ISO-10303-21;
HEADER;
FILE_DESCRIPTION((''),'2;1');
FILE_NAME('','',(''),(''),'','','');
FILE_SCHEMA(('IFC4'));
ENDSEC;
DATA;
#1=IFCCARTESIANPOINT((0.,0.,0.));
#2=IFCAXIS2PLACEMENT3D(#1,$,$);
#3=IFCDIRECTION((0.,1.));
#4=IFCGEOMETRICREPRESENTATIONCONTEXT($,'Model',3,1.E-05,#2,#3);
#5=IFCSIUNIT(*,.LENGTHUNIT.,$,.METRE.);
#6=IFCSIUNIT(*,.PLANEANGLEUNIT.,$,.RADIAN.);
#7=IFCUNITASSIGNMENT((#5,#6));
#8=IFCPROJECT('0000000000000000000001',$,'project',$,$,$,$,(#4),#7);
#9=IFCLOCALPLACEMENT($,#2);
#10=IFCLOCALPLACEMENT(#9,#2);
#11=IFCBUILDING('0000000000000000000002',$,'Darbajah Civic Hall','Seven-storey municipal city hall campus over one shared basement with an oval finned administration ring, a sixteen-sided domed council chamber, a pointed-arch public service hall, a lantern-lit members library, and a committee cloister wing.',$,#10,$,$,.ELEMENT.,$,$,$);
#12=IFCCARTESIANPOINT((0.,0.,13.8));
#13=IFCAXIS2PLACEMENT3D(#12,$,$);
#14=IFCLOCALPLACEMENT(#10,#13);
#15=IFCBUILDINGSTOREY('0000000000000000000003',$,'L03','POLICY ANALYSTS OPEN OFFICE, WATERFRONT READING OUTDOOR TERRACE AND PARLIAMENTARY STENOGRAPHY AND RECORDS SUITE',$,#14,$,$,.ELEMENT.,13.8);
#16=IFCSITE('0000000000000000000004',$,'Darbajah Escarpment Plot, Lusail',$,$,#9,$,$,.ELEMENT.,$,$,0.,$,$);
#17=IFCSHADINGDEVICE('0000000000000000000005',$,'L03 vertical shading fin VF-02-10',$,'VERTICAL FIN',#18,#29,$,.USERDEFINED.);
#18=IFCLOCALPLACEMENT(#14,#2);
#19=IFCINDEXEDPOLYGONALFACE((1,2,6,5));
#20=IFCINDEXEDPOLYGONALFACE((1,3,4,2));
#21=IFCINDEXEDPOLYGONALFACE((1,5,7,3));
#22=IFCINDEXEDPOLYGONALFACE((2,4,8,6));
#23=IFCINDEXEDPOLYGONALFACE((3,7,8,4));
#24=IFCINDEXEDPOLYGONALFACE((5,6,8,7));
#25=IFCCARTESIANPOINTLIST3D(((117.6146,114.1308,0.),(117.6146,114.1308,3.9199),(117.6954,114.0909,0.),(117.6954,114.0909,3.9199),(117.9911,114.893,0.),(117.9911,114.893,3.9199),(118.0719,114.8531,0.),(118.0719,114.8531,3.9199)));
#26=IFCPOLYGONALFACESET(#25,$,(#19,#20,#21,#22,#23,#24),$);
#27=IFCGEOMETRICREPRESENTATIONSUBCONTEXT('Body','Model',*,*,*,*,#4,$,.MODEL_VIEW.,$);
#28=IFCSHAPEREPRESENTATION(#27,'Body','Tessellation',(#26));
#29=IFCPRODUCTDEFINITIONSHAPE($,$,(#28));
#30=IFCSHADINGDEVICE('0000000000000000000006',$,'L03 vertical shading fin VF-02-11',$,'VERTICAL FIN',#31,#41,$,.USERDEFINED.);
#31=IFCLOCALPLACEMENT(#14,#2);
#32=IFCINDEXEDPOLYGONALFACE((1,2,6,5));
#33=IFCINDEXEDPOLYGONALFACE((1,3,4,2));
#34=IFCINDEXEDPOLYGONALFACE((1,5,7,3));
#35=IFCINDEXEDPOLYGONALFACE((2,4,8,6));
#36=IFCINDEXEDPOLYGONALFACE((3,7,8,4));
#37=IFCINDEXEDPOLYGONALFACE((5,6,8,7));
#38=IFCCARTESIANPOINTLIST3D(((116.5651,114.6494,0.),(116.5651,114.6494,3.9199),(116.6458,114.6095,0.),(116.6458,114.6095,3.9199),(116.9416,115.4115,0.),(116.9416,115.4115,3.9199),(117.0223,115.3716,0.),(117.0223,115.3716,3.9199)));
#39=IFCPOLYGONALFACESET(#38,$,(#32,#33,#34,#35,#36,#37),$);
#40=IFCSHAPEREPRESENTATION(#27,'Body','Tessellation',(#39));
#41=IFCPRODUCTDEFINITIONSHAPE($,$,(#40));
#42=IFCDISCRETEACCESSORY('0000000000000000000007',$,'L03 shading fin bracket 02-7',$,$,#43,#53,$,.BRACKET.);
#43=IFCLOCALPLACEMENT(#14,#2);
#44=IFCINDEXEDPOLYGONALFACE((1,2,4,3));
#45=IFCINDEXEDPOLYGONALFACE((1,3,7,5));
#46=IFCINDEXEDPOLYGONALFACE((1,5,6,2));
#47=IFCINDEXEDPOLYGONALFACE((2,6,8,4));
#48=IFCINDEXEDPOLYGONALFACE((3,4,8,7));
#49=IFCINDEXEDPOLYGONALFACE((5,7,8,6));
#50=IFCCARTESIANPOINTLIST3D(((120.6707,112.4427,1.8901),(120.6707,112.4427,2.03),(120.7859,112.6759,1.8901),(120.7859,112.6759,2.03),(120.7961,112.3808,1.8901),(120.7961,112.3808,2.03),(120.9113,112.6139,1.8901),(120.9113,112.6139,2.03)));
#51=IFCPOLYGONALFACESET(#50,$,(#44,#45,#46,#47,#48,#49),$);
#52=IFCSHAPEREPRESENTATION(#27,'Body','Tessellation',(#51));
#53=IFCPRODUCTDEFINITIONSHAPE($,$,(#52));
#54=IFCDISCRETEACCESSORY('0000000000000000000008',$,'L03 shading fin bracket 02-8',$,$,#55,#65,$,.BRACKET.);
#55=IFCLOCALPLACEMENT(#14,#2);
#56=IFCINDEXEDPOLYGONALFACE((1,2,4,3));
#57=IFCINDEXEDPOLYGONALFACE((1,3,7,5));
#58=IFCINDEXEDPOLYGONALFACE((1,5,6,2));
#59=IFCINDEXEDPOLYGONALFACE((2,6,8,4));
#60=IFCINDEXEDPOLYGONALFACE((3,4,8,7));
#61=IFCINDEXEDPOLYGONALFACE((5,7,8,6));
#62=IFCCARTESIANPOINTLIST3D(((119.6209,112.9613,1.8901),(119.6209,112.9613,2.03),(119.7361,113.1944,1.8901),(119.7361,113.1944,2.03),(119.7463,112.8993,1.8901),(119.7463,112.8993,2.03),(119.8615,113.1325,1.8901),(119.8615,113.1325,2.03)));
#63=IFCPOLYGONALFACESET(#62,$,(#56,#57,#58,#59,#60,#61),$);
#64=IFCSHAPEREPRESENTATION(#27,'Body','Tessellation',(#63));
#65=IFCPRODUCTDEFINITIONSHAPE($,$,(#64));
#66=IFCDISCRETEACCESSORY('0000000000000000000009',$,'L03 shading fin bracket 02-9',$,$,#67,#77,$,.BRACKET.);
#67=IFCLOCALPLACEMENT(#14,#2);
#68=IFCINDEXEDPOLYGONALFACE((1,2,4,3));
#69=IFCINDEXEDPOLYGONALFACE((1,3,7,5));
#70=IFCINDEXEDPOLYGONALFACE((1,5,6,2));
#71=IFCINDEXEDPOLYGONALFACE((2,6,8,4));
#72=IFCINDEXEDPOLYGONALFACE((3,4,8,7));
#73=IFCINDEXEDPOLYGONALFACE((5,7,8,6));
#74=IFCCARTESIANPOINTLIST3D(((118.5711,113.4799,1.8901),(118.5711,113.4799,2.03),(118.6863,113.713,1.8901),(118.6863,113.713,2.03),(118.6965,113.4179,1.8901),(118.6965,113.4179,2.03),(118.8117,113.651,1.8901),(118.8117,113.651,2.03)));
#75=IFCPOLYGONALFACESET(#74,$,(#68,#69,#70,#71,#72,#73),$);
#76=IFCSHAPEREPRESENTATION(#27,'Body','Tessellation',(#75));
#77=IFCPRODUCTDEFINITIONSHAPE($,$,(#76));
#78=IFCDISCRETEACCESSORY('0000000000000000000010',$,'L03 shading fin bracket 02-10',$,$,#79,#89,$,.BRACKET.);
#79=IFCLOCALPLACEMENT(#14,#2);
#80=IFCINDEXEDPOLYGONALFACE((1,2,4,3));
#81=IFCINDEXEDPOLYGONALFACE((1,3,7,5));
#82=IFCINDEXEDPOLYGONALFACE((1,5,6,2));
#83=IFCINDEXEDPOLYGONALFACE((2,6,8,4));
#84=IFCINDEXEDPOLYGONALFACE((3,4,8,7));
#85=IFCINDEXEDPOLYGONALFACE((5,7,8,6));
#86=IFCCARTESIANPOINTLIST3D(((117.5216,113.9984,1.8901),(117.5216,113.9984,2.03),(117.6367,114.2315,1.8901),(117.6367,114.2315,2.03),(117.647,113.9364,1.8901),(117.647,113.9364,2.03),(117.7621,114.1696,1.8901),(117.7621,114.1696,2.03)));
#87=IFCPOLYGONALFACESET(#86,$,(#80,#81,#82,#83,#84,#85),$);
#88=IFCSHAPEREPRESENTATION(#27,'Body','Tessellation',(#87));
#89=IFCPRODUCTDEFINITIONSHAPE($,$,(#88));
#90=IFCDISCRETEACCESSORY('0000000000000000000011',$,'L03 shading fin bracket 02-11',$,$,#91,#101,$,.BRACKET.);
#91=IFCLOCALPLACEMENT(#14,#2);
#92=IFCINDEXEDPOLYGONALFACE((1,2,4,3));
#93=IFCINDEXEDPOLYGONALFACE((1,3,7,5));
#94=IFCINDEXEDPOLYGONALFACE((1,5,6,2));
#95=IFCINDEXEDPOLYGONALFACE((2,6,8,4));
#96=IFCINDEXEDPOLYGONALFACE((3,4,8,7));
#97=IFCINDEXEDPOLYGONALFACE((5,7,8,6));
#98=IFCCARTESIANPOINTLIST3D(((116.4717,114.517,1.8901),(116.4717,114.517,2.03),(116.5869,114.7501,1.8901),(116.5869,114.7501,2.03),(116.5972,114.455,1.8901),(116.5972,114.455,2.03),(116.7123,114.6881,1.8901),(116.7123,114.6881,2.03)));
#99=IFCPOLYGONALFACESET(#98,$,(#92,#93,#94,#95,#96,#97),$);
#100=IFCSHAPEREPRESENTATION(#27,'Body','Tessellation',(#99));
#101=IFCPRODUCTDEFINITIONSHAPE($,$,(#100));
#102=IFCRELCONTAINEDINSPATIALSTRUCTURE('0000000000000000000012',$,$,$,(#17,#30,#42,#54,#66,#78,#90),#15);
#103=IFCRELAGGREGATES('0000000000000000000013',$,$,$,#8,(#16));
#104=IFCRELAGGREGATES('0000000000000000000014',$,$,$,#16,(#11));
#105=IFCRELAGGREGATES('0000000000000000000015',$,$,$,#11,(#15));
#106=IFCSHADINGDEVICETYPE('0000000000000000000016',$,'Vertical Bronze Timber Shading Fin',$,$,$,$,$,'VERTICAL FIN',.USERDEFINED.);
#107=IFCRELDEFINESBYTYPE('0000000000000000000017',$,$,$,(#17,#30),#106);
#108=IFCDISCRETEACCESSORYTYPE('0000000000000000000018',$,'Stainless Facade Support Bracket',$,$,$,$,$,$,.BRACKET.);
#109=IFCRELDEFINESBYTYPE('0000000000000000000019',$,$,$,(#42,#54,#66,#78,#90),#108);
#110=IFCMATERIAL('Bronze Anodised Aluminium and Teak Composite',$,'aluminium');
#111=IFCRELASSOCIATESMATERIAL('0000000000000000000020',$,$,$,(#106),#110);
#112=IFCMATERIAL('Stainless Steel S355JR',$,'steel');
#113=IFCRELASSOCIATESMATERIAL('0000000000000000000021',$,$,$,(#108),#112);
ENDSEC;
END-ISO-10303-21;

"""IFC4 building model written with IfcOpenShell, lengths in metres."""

from ifc_helpers import new_model, si_unit, direction, frame, origin, origin_2d, place, context, subcontext, project, spatial, rectangle, extrude, material, type_object, element, save


model = new_model("IFC4")

# Units and contexts
model_context = context("Model", 3, precision=1e-05, world=origin(), true_north=direction((0.0, 1.0)))
body_context = subcontext(model_context, "Body", "Model", "MODEL_VIEW")
ifc_project = project(units=[si_unit("LENGTHUNIT", "METRE"), si_unit("PLANEANGLEUNIT", "RADIAN")], contexts=[model_context])

# Site, building, storey
site_placement = place(None, origin())
site = spatial("IfcSite", under=ifc_project, at=site_placement, Name="Darbajah Escarpment Plot, Lusail", CompositionType="ELEMENT", RefElevation=0.0)
building_placement = place(site_placement, origin())
building = spatial("IfcBuilding", under=site, at=building_placement, Name="Darbajah Civic Hall", Description="Seven-storey municipal city hall campus over one shared basement with an oval finned administration ring, a sixteen-sided domed council chamber, a pointed-arch public service hall, a lantern-lit members library, and a committee cloister wing.", CompositionType="ELEMENT")
storey_placement = place(building_placement, frame((0.0, 0.0, 13.8)))
storey = spatial("IfcBuildingStorey", under=building, at=storey_placement, Name="L03", Description="POLICY ANALYSTS OPEN OFFICE, WATERFRONT READING OUTDOOR TERRACE AND PARLIAMENTARY STENOGRAPHY AND RECORDS SUITE", CompositionType="ELEMENT", Elevation=13.8)

# Shading devices
ifc_material_1 = material(Name="Bronze Anodised Aluminium and Teak Composite", Category="aluminium")
shading_device_type = type_object("IfcShadingDeviceType", Name="Vertical Bronze Timber Shading Fin", ElementType="VERTICAL FIN", PredefinedType="USERDEFINED", material=ifc_material_1)
for number, where, z_axis, x_axis, name in (
    (1, (117.8433, 114.4919, 0.0), (0.0, 0.0, 1.0), (0.442915, 0.896564, 0.0), "L03 vertical shading fin VF-02-10"),
    (2, (116.7937, 115.0105, 0.0), (0.0, 0.0, 1.0), (0.442915, 0.896564, 0.0), "L03 vertical shading fin VF-02-11"),
):
    element("IfcShadingDevice", number, at=place(storey_placement, frame(where, z_axis=z_axis, x_axis=x_axis)), inside=storey, type_object=shading_device_type, Name=name, ObjectType="VERTICAL FIN", PredefinedType="USERDEFINED", context=body_context, shape_type="SweptSolid", body=[
        extrude(rectangle(XDim=0.8501, YDim=0.0901, at=origin_2d()), origin(), (0.0, 0.0, 1.0), 3.9199),
    ])

# Discrete accessories
ifc_material_2 = material(Name="Stainless Steel S355JR", Category="steel")
discrete_accessory_type = type_object("IfcDiscreteAccessoryType", Name="Stainless Facade Support Bracket", PredefinedType="BRACKET", material=ifc_material_2)
for number, where, z_axis, x_axis, name in (
    (3, (120.791, 112.5283, 1.8901), (0.0, 0.0, 1.0), (0.442915, 0.896564, 0.0), "L03 shading fin bracket 02-7"),
    (4, (119.7412, 113.0469, 1.8901), (0.0, 0.0, 1.0), (0.442915, 0.896564, 0.0), "L03 shading fin bracket 02-8"),
    (5, (118.6914, 113.5654, 1.8901), (0.0, 0.0, 1.0), (0.442915, 0.896564, 0.0), "L03 shading fin bracket 02-9"),
    (6, (117.6418, 114.084, 1.8901), (0.0, 0.0, 1.0), (0.442915, 0.896564, 0.0), "L03 shading fin bracket 02-10"),
    (7, (116.592, 114.6025, 1.8901), (0.0, 0.0, 1.0), (0.442915, 0.896564, 0.0), "L03 shading fin bracket 02-11"),
):
    element("IfcDiscreteAccessory", number, at=place(storey_placement, frame(where, z_axis=z_axis, x_axis=x_axis)), inside=storey, type_object=discrete_accessory_type, Name=name, PredefinedType="BRACKET", context=body_context, shape_type="SweptSolid", body=[
        extrude(rectangle(XDim=0.26, YDim=0.1399, at=origin_2d()), origin(), (0.0, 0.0, 1.0), 0.1399),
    ])

save(model, "model.ifc")
